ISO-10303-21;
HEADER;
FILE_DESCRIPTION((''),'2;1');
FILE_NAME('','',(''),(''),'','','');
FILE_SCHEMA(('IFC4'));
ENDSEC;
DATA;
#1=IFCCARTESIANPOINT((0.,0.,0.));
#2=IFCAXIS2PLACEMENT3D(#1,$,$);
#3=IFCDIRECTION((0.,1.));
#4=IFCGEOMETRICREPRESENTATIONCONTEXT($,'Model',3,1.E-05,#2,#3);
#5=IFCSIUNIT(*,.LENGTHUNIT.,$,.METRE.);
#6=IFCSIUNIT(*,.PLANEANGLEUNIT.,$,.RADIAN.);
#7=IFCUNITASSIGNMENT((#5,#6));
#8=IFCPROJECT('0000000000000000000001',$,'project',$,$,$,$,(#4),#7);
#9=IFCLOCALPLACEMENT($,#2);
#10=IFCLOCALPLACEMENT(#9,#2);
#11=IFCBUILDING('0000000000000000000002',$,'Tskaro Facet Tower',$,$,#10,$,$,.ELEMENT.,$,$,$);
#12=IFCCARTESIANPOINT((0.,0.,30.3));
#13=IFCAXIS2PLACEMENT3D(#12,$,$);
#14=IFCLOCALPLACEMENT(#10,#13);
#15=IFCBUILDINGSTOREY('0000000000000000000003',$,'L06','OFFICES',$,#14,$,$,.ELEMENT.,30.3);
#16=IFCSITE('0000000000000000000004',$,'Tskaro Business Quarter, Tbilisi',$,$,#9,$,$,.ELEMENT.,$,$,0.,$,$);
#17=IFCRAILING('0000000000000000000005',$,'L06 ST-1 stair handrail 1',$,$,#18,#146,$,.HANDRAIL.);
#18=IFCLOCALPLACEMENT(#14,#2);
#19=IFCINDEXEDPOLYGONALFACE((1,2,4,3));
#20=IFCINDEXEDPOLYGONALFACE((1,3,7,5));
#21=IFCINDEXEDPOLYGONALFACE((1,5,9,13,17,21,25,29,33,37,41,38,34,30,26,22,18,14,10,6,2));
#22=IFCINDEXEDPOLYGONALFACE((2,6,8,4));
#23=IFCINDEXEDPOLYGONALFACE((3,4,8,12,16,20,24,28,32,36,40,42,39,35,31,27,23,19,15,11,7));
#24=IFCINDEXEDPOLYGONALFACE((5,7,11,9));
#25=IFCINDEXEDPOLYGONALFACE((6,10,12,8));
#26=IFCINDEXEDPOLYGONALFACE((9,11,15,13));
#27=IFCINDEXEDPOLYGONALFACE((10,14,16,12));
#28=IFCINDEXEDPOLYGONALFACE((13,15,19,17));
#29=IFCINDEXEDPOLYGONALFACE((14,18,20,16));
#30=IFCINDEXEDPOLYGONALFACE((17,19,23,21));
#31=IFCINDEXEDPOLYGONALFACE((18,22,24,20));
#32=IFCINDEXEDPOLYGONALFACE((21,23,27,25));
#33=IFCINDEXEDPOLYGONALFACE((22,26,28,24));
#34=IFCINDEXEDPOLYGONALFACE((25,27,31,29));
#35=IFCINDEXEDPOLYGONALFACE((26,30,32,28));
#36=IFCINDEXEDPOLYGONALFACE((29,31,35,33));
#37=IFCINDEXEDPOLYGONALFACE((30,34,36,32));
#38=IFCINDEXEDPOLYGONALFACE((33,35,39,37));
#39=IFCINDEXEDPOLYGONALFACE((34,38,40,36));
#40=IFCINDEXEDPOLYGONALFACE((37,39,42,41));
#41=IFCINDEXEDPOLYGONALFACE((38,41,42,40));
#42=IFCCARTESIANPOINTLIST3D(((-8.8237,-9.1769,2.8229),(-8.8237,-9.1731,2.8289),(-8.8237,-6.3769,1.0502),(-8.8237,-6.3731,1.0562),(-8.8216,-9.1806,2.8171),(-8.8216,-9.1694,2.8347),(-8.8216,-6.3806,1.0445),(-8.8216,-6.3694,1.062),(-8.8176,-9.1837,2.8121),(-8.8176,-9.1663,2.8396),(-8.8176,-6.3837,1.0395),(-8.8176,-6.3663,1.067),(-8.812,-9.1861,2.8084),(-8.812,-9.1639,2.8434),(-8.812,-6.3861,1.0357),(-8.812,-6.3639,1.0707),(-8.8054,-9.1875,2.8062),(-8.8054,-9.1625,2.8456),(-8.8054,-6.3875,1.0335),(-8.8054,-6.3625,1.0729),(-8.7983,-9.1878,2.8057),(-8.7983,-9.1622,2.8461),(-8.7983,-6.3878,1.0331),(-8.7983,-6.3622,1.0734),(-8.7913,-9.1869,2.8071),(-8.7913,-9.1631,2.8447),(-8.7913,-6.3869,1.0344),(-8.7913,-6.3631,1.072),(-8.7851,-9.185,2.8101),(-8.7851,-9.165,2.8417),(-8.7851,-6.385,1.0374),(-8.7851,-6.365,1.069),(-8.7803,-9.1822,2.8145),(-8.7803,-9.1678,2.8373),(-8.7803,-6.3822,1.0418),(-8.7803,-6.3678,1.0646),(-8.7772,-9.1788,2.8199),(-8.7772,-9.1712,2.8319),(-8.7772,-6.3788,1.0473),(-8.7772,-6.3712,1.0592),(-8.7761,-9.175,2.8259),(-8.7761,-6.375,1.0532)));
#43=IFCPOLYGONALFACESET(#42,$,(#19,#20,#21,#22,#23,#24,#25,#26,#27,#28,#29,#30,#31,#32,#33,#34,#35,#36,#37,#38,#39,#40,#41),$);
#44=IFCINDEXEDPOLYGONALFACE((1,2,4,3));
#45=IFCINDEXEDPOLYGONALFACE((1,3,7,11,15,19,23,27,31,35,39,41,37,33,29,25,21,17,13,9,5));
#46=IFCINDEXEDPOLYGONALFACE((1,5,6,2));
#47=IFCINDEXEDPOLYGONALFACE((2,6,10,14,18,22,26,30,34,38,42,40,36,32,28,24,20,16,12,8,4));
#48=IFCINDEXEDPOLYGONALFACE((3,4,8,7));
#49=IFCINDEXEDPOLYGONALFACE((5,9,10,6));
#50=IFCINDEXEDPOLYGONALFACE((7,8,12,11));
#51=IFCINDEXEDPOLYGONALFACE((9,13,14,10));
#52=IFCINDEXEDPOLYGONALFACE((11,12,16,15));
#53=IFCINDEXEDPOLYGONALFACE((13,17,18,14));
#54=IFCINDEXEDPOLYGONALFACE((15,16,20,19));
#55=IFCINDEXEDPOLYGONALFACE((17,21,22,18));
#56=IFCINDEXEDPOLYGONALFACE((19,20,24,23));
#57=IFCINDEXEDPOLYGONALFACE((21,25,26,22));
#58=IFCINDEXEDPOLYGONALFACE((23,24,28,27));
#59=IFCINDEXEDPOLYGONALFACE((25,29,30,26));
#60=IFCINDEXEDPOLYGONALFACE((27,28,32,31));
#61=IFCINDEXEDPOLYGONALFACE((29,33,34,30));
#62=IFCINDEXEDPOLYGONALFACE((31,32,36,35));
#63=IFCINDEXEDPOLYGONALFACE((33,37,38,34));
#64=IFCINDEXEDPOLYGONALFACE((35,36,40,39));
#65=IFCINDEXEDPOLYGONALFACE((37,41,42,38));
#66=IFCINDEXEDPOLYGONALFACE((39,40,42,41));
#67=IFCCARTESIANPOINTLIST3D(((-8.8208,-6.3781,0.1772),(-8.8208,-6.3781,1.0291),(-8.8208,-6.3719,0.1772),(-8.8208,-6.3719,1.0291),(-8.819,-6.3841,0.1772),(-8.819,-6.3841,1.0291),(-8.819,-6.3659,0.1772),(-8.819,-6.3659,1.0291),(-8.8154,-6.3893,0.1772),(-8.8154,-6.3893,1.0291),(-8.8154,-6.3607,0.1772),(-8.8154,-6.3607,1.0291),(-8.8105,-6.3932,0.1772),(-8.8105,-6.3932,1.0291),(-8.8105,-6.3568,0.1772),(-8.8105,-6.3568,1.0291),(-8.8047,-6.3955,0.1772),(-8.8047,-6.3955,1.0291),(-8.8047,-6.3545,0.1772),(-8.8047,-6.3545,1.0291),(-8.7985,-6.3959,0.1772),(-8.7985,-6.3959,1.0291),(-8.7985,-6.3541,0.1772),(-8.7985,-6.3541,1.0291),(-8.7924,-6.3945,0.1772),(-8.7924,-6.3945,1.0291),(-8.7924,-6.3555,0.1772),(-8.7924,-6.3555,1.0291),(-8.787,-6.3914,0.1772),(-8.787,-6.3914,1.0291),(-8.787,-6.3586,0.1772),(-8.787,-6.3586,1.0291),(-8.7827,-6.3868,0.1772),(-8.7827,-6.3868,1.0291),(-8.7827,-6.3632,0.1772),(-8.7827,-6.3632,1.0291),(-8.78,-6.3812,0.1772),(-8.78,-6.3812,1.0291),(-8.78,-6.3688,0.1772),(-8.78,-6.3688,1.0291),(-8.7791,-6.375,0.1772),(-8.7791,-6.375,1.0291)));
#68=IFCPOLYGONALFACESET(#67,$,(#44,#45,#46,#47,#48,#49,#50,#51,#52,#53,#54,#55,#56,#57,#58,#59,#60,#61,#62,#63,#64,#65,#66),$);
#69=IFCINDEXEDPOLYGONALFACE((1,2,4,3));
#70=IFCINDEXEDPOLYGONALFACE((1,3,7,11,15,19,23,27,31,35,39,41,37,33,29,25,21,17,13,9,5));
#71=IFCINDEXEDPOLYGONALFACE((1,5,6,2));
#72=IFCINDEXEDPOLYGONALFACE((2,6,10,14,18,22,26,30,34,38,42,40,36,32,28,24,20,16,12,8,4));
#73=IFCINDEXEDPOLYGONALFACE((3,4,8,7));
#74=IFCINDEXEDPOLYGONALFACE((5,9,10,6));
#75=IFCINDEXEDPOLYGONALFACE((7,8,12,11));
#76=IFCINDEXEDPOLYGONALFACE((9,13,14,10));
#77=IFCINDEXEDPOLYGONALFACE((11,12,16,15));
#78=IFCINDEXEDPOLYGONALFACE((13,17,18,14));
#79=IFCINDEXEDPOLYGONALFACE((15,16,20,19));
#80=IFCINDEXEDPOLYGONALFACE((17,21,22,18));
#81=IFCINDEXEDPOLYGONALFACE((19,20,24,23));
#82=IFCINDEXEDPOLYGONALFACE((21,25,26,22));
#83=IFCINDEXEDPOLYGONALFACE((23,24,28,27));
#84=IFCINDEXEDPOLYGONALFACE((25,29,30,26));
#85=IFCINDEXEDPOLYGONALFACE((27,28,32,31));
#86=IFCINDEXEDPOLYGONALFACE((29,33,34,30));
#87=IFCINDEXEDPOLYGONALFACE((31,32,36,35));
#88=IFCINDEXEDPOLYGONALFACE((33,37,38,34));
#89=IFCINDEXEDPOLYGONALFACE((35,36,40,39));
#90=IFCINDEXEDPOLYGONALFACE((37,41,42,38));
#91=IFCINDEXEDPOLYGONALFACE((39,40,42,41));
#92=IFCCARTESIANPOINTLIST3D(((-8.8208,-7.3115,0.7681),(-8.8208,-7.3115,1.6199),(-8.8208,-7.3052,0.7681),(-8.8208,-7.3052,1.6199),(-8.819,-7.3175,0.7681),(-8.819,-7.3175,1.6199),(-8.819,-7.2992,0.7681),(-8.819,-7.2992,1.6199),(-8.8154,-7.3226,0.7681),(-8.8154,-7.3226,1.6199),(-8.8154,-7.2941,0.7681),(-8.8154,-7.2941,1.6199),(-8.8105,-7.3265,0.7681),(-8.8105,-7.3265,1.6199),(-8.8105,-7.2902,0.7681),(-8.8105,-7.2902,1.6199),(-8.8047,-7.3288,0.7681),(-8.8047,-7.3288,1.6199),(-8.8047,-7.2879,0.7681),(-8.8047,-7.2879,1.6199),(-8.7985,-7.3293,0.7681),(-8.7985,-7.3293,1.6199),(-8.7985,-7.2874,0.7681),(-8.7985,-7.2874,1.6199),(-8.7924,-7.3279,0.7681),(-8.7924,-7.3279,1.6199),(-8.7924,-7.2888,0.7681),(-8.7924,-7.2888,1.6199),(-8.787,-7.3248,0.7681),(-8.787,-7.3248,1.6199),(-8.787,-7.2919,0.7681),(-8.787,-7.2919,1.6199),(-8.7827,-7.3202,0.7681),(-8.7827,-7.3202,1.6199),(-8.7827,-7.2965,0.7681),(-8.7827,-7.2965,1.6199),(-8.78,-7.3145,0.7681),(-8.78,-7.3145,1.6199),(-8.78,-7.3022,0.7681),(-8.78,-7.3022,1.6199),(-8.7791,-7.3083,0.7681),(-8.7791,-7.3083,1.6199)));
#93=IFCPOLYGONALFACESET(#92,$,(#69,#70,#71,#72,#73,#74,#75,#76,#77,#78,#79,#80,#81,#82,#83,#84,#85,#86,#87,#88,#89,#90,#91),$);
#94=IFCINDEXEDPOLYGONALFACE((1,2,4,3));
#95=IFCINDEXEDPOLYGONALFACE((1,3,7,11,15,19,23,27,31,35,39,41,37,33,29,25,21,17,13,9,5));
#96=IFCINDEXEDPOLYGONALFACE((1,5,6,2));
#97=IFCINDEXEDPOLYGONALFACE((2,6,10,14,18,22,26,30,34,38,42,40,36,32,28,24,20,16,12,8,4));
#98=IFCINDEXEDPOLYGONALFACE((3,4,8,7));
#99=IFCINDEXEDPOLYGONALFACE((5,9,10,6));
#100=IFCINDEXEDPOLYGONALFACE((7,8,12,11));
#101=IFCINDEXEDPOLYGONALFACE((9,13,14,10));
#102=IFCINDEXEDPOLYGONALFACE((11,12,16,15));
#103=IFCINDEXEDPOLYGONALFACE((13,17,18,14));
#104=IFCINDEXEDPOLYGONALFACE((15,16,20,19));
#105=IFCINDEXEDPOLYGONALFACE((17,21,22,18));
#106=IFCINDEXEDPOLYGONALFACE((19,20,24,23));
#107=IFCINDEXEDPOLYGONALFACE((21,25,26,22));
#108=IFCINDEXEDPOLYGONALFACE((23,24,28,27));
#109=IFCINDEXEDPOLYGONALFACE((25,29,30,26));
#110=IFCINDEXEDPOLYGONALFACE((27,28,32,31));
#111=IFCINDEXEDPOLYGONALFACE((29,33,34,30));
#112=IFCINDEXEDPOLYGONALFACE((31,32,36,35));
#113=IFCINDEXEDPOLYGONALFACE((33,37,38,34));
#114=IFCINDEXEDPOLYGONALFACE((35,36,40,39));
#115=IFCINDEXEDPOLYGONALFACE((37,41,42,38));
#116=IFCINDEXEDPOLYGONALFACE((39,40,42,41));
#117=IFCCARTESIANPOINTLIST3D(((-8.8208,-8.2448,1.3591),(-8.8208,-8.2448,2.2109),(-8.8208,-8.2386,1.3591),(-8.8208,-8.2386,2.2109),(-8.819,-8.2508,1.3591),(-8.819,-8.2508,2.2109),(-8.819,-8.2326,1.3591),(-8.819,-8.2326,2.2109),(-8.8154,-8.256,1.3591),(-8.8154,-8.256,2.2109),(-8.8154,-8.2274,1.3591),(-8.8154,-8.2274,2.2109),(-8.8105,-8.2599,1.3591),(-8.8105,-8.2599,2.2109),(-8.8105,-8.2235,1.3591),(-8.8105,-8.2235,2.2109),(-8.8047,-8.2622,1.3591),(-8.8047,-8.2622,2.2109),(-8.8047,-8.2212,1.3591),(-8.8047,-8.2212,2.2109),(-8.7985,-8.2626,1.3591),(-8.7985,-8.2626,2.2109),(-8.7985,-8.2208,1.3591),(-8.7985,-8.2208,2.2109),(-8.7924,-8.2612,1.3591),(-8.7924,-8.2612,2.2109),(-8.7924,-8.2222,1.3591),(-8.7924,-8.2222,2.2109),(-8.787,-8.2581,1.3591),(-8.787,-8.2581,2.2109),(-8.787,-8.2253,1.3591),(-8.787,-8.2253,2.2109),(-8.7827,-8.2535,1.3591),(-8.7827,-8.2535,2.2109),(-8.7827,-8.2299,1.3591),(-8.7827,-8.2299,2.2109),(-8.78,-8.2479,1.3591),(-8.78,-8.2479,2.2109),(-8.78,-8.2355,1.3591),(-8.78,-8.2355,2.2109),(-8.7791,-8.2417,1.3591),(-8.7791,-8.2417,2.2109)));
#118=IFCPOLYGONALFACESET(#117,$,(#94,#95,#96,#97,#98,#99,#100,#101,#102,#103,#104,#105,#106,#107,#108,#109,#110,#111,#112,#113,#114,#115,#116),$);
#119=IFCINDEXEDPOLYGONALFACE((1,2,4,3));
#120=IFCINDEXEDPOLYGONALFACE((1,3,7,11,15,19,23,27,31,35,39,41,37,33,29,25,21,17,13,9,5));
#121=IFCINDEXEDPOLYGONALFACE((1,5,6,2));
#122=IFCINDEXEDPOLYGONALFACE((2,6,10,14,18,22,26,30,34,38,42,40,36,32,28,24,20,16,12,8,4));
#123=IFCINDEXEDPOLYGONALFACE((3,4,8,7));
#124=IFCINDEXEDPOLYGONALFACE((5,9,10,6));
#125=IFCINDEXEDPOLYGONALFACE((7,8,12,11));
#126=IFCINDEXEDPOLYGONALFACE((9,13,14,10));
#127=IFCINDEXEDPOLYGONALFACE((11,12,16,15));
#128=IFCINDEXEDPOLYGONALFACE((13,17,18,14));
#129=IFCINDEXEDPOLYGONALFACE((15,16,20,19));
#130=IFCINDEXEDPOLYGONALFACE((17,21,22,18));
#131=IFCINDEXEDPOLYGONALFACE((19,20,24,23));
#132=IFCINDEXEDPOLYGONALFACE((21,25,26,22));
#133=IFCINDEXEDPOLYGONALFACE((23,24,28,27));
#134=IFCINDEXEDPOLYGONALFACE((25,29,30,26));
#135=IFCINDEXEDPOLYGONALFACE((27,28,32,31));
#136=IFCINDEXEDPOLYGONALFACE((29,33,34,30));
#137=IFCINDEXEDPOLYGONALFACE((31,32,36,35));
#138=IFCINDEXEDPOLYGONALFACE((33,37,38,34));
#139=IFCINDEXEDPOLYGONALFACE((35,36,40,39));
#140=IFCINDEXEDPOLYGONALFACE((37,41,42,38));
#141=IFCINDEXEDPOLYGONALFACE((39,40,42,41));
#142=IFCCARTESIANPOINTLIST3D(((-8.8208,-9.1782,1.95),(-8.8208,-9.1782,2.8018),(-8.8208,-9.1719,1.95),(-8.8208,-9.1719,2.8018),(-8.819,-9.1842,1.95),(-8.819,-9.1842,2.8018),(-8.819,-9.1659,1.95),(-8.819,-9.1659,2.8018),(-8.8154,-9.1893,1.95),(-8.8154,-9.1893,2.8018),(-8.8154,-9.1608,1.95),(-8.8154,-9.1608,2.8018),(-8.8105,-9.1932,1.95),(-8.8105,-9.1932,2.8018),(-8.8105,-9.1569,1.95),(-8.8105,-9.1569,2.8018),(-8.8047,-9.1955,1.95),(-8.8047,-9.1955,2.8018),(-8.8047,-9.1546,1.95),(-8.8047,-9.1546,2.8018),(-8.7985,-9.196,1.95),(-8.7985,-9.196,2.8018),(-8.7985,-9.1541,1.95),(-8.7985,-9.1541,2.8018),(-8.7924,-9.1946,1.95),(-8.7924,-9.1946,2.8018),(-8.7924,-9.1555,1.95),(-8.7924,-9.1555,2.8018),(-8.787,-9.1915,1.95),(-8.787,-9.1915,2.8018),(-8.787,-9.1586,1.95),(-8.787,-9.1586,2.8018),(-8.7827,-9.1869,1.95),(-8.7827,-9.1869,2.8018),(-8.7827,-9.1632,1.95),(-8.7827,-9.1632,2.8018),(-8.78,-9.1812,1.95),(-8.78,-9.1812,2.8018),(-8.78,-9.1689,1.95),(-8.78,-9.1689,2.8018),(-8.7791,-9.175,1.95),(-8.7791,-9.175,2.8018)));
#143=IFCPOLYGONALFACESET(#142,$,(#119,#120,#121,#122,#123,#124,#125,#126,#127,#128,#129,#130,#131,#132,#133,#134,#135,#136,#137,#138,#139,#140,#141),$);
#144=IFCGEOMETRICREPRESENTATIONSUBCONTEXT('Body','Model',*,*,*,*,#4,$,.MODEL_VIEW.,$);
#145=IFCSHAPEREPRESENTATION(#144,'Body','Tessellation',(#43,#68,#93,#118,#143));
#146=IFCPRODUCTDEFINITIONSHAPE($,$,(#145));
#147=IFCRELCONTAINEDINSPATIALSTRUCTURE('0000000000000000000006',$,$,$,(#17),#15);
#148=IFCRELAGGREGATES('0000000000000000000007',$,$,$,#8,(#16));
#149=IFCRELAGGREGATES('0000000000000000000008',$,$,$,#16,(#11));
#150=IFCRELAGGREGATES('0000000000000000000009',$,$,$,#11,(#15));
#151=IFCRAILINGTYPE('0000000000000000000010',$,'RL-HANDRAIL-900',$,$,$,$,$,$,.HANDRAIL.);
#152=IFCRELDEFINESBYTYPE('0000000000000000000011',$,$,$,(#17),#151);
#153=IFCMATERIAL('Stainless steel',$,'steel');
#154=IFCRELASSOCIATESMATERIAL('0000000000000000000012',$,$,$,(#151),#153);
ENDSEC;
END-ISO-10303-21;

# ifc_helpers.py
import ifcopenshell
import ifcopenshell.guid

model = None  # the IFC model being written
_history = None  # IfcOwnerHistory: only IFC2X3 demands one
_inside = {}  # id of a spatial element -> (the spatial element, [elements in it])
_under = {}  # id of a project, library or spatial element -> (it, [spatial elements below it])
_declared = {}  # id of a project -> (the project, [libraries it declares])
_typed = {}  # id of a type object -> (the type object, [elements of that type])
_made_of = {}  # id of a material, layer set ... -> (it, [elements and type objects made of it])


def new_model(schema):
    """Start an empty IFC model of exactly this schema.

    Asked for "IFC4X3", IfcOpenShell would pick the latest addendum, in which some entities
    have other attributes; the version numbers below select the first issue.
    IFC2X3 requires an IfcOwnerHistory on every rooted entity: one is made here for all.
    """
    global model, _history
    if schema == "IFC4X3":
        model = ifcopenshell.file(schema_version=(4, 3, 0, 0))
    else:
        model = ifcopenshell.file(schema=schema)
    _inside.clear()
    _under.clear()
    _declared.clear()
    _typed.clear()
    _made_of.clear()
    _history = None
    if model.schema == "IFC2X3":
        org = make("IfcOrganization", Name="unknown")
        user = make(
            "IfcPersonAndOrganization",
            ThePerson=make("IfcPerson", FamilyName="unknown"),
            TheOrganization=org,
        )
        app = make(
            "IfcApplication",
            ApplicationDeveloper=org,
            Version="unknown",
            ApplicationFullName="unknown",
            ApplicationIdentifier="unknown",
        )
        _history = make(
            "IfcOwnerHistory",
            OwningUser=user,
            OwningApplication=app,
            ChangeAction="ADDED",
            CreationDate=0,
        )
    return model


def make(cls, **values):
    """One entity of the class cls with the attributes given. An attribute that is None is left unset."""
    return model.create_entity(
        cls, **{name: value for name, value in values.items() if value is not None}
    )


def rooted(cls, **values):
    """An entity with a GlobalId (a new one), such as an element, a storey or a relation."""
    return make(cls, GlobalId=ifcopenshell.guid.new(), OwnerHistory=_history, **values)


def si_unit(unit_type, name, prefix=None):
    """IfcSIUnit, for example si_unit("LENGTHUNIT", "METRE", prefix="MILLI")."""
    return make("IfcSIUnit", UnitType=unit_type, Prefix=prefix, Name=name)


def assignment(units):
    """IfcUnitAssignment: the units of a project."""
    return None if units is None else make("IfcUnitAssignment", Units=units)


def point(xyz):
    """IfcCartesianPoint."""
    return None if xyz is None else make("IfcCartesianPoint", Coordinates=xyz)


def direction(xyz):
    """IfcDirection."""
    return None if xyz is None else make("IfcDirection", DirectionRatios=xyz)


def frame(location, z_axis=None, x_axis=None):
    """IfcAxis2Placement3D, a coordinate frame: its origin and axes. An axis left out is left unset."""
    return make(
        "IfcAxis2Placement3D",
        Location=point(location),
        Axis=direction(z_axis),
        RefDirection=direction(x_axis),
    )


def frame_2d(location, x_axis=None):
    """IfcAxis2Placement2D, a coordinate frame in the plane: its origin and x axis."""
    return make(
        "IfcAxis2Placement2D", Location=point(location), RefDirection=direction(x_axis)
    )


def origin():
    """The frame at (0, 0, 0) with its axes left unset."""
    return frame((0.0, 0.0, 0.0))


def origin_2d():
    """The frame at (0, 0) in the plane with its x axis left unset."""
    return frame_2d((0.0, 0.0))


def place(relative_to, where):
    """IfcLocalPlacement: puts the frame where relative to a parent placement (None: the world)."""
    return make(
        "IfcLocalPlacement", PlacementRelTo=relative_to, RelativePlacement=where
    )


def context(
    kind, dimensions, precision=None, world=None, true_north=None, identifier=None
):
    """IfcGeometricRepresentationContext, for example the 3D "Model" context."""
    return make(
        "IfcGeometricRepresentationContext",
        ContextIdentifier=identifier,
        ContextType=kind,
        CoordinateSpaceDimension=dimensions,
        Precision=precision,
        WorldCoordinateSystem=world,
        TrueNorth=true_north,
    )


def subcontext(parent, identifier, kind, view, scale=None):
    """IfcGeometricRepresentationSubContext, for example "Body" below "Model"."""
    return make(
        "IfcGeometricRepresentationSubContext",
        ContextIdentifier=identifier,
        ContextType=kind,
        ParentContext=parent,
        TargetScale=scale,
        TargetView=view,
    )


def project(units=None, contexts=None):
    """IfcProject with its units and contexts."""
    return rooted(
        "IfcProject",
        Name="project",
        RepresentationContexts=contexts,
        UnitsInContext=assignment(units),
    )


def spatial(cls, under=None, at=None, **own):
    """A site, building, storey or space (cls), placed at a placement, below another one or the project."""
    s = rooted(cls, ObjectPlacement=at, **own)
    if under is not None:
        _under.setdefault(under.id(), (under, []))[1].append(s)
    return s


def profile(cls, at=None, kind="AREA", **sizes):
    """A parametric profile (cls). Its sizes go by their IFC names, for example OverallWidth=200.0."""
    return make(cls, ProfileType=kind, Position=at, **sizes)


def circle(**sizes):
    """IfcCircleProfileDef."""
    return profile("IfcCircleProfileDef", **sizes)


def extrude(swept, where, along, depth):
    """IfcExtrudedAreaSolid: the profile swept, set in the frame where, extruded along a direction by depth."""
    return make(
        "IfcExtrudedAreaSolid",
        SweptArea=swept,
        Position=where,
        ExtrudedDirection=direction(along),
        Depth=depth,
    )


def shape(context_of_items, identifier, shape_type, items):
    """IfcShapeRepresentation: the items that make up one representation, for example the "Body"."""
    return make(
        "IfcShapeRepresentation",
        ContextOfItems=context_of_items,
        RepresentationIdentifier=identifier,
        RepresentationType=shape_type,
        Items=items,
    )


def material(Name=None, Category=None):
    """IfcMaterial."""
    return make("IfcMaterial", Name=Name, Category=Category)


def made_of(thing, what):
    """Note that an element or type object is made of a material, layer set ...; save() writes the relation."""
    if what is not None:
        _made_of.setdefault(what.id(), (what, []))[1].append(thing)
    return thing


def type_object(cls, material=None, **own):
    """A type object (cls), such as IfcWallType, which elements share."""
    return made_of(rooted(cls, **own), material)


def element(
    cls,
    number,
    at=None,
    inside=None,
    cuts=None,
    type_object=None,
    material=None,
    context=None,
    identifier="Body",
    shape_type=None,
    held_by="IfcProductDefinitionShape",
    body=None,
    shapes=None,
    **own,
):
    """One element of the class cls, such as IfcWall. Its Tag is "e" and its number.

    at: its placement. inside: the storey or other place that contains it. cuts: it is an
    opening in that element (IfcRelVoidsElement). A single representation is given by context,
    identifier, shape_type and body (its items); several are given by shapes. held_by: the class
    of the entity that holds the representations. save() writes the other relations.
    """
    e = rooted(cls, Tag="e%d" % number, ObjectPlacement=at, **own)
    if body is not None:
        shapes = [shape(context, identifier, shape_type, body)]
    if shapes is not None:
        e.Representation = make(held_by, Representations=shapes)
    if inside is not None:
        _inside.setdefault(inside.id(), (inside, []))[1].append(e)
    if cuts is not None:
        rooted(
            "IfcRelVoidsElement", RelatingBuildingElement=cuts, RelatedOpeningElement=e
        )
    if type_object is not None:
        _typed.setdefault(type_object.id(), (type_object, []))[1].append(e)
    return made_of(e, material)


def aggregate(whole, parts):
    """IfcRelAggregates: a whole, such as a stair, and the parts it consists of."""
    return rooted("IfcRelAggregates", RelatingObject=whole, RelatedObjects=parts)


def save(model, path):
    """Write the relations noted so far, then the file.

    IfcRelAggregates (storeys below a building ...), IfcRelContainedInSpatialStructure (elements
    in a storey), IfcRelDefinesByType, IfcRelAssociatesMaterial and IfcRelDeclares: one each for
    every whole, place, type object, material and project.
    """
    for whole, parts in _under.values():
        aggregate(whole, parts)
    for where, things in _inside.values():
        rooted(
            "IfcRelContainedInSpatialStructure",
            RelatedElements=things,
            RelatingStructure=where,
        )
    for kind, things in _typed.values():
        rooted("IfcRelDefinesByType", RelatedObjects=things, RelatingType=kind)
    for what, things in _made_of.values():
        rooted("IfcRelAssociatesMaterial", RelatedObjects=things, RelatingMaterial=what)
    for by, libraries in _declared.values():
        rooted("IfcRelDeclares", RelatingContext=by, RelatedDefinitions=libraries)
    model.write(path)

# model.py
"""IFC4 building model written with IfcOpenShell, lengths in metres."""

from ifc_helpers import new_model, si_unit, direction, frame, origin, origin_2d, place, context, subcontext, project, spatial, circle, extrude, material, type_object, element, save


model = new_model("IFC4")

# Units and contexts
model_context = context("Model", 3, precision=1e-05, world=origin(), true_north=direction((0.0, 1.0)))
body_context = subcontext(model_context, "Body", "Model", "MODEL_VIEW")
ifc_project = project(units=[si_unit("LENGTHUNIT", "METRE"), si_unit("PLANEANGLEUNIT", "RADIAN")], contexts=[model_context])

# Site, building, storey
site_placement = place(None, origin())
site = spatial("IfcSite", under=ifc_project, at=site_placement, Name="Tskaro Business Quarter, Tbilisi", CompositionType="ELEMENT", RefElevation=0.0)
building_placement = place(site_placement, origin())
building = spatial("IfcBuilding", under=site, at=building_placement, Name="Tskaro Facet Tower", CompositionType="ELEMENT")
storey_placement = place(building_placement, frame((0.0, 0.0, 30.3)))
storey = spatial("IfcBuildingStorey", under=building, at=storey_placement, Name="L06", Description="OFFICES", CompositionType="ELEMENT", Elevation=30.3)

# Railing
ifc_material_1 = material(Name="Stainless steel", Category="steel")
railing_type = type_object("IfcRailingType", Name="RL-HANDRAIL-900", PredefinedType="HANDRAIL", material=ifc_material_1)
railing_placement = place(storey_placement, frame((-8.8, -6.375, 0.1772)))
element("IfcRailing", 1, at=railing_placement, inside=storey, type_object=railing_type, Name="L06 ST-1 stair handrail 1", PredefinedType="HANDRAIL", context=body_context, shape_type="SweptSolid", body=[
    extrude(circle(Radius=0.0239, at=origin_2d()), frame((0.0, 0.0, 0.876), z_axis=(0.0, -0.844909, 0.53491), x_axis=(1.0, 0.0, 0.0)), (0.0, 0.0, 1.0), 3.314),
    extrude(circle(Radius=0.021, at=origin_2d()), origin(), (0.0, 0.0, 1.0), 0.8518),
    extrude(circle(Radius=0.021, at=origin_2d()), frame((0.0, -0.9333, 0.5908)), (0.0, 0.0, 1.0), 0.8518),
    extrude(circle(Radius=0.021, at=origin_2d()), frame((0.0, -1.8667, 1.1819)), (0.0, 0.0, 1.0), 0.8518),
    extrude(circle(Radius=0.021, at=origin_2d()), frame((0.0, -2.8, 1.7727)), (0.0, 0.0, 1.0), 0.8518),
])

save(model, "model.ifc")
